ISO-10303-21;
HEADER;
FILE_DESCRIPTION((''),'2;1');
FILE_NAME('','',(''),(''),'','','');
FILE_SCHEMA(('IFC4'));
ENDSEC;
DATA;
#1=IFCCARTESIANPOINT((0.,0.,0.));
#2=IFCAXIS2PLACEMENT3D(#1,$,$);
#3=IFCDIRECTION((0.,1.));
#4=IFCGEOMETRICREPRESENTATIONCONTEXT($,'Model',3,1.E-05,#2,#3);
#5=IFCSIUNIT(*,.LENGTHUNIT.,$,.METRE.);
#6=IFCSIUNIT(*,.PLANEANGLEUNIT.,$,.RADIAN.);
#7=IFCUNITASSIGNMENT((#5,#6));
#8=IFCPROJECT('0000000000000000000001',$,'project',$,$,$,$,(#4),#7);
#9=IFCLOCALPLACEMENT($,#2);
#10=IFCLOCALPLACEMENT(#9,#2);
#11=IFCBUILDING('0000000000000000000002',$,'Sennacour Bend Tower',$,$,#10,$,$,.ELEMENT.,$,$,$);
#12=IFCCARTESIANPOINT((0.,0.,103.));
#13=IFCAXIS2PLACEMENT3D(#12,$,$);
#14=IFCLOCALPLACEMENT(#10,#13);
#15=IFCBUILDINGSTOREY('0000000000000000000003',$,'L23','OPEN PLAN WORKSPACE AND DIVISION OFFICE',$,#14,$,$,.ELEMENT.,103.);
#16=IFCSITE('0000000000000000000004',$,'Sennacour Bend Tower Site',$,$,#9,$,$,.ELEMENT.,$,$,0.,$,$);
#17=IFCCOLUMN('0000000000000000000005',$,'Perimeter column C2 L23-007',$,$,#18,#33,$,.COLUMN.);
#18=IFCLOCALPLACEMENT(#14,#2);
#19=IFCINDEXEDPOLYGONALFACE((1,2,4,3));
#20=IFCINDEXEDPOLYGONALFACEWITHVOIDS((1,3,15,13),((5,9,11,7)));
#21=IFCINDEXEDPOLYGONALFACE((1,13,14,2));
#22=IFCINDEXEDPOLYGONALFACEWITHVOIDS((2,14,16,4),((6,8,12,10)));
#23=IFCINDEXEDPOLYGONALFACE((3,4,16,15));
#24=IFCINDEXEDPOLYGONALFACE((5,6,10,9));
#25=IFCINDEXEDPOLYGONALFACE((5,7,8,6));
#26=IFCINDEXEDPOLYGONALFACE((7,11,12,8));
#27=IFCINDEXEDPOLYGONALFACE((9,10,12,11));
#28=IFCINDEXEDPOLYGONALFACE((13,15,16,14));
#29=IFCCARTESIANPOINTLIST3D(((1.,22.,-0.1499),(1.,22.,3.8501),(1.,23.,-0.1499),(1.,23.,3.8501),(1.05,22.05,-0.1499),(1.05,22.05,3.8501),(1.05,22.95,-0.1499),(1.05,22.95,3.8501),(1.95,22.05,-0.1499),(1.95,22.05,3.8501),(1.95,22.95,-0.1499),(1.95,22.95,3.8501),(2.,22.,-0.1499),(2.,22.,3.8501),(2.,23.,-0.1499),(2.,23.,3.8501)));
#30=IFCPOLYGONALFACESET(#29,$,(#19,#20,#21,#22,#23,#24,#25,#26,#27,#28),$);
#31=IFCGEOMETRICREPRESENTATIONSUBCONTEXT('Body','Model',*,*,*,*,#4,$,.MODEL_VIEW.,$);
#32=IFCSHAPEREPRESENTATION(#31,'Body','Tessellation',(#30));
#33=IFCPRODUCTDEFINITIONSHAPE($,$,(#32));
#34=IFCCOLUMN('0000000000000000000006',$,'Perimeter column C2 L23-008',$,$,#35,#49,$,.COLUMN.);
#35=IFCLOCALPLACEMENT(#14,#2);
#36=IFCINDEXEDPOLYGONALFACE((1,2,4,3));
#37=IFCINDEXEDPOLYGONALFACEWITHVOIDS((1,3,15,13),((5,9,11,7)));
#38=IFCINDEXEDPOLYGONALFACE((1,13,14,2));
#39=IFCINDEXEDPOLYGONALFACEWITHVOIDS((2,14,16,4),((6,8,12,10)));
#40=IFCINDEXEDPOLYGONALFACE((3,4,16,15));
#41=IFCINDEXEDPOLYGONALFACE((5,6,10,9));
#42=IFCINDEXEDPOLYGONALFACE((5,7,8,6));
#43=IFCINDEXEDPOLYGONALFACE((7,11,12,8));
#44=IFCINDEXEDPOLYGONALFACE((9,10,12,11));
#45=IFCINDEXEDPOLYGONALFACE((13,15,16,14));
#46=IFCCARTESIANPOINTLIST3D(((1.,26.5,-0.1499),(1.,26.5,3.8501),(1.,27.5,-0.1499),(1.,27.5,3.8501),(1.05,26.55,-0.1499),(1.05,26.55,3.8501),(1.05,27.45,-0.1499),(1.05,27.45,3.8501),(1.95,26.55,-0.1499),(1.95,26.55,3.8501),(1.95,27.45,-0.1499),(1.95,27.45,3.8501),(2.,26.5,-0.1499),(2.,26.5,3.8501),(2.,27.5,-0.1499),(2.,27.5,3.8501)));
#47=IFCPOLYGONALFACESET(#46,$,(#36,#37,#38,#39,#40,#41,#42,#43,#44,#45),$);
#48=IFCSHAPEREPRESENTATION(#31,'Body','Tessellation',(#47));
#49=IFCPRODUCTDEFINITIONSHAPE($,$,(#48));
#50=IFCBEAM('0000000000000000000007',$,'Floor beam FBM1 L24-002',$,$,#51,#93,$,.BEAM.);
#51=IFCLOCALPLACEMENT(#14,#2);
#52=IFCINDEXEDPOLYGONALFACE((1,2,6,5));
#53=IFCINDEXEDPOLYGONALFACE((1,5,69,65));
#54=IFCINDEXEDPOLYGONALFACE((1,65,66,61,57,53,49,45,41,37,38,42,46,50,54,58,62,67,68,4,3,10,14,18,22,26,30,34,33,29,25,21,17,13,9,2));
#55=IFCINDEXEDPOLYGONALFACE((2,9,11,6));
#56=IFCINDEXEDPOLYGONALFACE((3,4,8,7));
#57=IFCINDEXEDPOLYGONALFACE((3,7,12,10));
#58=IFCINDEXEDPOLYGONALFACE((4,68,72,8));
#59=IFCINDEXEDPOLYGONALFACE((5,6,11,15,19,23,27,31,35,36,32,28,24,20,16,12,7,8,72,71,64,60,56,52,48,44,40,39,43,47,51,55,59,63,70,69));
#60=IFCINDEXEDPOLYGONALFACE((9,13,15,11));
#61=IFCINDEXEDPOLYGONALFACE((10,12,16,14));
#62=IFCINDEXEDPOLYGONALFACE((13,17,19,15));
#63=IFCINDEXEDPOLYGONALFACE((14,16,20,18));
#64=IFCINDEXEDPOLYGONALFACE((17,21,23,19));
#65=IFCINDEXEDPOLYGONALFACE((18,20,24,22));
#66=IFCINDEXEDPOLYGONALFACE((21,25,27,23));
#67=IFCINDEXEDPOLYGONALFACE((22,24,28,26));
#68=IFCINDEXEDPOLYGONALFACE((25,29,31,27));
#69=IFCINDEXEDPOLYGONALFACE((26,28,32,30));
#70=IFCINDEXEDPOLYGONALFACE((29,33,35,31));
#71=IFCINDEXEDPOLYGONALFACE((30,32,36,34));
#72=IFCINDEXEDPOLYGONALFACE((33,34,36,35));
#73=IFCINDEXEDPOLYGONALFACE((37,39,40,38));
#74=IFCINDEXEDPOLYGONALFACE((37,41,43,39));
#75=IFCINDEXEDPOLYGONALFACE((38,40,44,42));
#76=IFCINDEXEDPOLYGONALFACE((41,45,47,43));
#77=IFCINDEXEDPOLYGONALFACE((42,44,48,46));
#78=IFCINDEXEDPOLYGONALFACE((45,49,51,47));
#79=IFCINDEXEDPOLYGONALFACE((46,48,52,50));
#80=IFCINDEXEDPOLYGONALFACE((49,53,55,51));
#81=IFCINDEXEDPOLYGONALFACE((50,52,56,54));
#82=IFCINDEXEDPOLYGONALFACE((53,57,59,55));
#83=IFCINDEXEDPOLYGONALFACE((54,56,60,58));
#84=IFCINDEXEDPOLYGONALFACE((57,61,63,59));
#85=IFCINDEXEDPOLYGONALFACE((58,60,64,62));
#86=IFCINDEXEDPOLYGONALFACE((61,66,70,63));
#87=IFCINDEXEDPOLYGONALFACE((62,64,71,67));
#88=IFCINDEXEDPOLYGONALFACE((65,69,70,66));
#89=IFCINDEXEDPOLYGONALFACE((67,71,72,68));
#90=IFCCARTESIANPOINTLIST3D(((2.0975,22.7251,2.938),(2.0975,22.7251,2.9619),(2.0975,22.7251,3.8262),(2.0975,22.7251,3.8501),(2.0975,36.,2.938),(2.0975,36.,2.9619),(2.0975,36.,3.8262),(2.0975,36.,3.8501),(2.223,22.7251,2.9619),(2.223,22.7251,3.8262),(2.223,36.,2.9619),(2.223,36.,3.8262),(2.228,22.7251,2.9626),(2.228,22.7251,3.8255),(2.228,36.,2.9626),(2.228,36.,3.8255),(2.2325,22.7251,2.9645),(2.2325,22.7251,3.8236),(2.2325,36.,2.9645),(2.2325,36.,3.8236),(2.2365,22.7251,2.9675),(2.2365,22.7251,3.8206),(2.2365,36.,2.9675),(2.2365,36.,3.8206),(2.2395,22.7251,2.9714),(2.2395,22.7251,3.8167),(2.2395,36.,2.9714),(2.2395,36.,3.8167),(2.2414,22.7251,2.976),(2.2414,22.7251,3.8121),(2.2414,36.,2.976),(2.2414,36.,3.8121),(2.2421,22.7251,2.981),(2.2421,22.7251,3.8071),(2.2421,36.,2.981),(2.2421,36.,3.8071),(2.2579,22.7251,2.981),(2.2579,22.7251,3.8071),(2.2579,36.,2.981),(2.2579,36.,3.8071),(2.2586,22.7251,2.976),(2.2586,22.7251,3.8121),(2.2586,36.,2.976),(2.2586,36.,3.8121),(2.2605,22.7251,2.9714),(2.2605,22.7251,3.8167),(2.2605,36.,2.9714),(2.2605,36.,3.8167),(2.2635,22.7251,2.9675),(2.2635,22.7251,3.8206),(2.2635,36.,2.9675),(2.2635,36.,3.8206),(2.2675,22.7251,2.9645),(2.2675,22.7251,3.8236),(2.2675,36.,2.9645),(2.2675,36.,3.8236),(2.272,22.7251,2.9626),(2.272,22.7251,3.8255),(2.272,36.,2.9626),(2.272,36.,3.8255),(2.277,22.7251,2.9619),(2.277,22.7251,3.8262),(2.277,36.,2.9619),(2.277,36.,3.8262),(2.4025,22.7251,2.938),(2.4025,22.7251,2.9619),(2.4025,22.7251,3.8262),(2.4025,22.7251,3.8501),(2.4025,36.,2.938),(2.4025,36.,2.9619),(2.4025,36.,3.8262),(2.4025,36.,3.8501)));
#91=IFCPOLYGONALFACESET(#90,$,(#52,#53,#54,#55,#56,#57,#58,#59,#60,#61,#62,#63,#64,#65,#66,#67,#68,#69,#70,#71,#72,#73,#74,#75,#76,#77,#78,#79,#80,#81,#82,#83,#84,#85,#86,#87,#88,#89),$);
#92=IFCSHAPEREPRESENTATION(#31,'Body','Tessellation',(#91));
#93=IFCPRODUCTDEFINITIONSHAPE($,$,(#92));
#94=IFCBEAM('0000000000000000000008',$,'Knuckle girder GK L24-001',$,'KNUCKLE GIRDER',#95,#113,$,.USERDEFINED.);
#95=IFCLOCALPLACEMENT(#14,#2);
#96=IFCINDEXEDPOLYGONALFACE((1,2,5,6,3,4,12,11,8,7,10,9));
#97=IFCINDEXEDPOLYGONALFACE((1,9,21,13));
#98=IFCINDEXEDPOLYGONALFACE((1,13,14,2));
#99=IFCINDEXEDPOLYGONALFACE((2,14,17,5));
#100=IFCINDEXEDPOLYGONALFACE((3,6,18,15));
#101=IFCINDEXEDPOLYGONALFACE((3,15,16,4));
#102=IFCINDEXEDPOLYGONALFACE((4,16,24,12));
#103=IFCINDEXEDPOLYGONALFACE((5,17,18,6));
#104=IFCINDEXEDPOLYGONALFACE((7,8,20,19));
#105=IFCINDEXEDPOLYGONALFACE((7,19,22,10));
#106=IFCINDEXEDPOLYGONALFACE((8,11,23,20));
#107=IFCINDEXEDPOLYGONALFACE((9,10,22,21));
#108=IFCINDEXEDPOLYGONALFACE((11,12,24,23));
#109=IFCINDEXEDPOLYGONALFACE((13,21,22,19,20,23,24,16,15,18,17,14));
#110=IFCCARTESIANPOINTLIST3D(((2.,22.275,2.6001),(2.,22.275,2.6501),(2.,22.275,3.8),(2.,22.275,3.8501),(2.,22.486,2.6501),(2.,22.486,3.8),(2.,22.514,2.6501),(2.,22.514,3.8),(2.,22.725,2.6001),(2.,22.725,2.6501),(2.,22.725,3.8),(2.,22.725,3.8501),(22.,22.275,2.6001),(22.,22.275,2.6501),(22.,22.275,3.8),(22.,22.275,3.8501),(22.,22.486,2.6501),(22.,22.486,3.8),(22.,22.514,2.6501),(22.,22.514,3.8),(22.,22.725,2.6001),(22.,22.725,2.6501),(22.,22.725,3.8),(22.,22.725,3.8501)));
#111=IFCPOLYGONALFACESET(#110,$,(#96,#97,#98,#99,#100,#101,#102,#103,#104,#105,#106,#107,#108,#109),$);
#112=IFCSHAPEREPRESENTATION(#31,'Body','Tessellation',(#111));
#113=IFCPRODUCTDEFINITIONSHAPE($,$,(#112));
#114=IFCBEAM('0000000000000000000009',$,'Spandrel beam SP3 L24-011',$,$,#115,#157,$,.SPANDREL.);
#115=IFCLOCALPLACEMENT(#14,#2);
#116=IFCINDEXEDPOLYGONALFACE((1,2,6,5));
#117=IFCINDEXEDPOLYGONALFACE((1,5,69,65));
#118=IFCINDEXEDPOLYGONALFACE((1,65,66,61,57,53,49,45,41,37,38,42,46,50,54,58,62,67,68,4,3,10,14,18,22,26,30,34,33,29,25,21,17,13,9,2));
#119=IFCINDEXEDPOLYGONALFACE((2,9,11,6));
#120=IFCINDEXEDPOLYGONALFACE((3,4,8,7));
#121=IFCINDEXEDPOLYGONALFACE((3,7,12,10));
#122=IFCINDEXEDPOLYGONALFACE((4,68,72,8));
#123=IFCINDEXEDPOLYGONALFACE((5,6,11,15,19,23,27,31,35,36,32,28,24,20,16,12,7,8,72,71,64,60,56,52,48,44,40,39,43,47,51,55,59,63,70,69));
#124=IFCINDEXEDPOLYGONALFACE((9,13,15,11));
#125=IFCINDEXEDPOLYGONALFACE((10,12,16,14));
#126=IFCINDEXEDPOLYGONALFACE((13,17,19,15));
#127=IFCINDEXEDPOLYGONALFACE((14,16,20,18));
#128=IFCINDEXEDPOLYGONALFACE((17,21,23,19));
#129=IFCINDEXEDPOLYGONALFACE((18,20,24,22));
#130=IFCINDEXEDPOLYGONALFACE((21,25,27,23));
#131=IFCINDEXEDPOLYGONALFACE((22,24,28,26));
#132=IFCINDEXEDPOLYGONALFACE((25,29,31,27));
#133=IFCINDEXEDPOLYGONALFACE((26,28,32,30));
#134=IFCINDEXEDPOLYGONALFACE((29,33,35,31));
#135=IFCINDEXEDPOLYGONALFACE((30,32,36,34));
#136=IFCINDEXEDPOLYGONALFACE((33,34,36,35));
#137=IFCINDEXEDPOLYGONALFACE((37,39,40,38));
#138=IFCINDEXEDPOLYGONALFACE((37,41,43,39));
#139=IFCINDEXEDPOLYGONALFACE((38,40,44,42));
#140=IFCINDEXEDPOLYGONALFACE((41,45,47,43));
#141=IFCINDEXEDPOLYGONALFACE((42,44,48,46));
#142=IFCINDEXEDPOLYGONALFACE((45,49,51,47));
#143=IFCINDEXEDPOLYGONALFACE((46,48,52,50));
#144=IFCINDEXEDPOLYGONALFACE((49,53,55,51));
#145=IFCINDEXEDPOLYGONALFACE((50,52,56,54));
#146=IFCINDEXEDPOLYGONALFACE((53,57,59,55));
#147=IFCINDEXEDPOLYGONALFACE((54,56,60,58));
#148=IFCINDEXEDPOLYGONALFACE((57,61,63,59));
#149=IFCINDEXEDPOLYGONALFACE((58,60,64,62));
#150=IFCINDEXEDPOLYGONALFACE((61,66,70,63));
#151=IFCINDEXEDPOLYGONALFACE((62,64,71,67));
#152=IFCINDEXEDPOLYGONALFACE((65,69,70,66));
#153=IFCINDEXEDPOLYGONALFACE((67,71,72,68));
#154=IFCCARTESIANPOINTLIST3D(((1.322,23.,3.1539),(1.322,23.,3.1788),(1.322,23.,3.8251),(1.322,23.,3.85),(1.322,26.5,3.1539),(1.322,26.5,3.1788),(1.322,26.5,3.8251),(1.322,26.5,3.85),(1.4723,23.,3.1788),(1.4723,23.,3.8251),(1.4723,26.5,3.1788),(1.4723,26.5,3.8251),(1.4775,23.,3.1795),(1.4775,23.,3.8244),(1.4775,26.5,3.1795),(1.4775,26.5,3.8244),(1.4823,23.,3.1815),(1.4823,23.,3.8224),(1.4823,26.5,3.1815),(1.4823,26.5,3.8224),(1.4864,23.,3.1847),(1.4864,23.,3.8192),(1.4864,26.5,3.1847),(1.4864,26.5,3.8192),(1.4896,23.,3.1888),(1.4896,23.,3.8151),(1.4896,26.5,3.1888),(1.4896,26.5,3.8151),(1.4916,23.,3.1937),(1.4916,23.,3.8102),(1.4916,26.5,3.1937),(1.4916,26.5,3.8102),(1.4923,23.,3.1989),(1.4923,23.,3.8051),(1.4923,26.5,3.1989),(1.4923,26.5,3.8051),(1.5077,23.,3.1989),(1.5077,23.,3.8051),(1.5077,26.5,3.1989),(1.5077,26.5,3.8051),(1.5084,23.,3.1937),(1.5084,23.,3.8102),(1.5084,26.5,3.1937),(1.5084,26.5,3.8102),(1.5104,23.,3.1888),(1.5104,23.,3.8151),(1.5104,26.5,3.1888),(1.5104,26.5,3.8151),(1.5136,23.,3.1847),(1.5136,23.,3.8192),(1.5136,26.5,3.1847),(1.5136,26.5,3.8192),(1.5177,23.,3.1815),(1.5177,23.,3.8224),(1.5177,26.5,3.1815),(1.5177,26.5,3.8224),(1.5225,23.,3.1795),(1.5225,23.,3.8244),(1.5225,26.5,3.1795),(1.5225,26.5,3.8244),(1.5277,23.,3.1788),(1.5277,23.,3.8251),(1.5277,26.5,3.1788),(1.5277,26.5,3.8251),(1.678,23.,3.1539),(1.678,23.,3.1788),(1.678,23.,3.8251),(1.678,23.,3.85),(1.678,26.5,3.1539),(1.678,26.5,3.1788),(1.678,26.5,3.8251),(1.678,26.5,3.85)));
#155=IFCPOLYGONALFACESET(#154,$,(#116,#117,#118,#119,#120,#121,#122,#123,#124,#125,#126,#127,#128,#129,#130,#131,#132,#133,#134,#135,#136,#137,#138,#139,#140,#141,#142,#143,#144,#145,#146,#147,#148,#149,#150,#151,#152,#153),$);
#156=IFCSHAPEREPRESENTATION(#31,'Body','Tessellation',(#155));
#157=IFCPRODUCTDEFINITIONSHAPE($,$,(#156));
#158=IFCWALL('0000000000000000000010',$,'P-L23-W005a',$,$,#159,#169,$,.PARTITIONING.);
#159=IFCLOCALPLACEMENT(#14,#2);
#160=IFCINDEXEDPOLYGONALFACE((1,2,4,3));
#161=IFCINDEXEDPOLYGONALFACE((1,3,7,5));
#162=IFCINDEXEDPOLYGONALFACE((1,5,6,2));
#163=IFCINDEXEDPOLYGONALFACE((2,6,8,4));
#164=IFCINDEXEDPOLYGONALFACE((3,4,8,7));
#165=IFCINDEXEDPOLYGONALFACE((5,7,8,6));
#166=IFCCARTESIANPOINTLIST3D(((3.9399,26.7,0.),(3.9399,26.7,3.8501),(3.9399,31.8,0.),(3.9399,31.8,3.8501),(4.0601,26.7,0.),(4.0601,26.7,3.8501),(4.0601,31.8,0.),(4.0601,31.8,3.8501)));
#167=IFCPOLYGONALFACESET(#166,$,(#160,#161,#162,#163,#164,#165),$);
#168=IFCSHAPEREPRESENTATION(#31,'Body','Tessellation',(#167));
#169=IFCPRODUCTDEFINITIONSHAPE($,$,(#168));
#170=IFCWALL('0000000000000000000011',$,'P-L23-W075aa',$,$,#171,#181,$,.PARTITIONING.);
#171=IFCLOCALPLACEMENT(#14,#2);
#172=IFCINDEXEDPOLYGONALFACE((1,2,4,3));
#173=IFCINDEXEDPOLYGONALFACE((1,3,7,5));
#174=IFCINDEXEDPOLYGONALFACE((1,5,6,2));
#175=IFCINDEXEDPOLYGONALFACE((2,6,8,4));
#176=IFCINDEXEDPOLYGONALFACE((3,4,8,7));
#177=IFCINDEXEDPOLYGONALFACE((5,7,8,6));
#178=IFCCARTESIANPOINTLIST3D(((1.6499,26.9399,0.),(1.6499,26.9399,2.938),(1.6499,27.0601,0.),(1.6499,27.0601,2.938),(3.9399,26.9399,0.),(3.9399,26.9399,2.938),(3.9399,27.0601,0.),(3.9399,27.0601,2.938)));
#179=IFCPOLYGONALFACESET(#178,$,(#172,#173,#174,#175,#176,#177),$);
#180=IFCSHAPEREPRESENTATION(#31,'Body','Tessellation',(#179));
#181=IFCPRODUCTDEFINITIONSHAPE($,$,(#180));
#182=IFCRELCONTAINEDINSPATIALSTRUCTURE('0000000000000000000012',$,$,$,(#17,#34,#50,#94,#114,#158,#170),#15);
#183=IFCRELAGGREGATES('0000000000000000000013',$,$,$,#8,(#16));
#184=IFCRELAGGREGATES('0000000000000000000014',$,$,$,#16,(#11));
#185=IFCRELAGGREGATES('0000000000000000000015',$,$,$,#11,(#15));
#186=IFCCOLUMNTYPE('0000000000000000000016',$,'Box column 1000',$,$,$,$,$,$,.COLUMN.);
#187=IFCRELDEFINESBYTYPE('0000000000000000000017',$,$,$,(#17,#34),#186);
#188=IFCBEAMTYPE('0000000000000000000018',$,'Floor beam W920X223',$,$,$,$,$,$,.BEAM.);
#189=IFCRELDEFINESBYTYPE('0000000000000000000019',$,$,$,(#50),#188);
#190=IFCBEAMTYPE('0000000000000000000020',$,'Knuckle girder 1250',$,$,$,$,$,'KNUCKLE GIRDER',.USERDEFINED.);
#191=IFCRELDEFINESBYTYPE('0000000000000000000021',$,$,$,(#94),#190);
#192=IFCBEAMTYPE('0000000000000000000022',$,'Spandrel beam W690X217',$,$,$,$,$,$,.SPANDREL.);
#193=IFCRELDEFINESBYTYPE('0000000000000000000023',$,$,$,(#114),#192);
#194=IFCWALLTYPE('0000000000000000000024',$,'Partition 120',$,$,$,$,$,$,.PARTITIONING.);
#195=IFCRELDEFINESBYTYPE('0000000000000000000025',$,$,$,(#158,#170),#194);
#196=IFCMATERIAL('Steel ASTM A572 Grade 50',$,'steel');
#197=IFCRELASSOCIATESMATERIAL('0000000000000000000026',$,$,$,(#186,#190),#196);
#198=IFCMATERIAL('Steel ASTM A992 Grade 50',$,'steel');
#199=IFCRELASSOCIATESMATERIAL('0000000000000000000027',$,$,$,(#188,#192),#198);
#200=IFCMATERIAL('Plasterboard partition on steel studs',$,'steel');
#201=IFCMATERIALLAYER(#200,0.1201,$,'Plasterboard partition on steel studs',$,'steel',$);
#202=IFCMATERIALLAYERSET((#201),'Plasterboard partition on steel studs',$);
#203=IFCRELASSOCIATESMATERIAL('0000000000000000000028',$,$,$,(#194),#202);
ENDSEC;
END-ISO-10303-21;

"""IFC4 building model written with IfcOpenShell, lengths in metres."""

from ifc_helpers import new_model, si_unit, direction, frame, frame_2d, origin, origin_2d, place, context, subcontext, project, spatial, rectangle, hollow_rectangle, i_section, extrude, material, layer, layer_set, material_profile, profile_set, type_object, element, save


model = new_model("IFC4")

# Units and contexts
model_context = context("Model", 3, precision=1e-05, world=origin(), true_north=direction((0.0, 1.0)))
body_context = subcontext(model_context, "Body", "Model", "MODEL_VIEW")
ifc_project = project(units=[si_unit("LENGTHUNIT", "METRE"), si_unit("PLANEANGLEUNIT", "RADIAN")], contexts=[model_context])

# Site, building, storey
site_placement = place(None, origin())
site = spatial("IfcSite", under=ifc_project, at=site_placement, Name="Sennacour Bend Tower Site", CompositionType="ELEMENT", RefElevation=0.0)
building_placement = place(site_placement, origin())
building = spatial("IfcBuilding", under=site, at=building_placement, Name="Sennacour Bend Tower", CompositionType="ELEMENT")
storey_placement = place(building_placement, frame((0.0, 0.0, 103.0)))
storey = spatial("IfcBuildingStorey", under=building, at=storey_placement, Name="L23", Description="OPEN PLAN WORKSPACE AND DIVISION OFFICE", CompositionType="ELEMENT", Elevation=103.0)

# Columns
ifc_material_1 = material(Name="Steel ASTM A572 Grade 50", Category="steel")
ifc_material_profile_1 = material_profile(ifc_material_1, hollow_rectangle(XDim=1.0, YDim=1.0, WallThickness=0.05, at=origin_2d()), Name="Steel ASTM A572 Grade 50", Category="steel")
ifc_profile_set_1 = profile_set([ifc_material_profile_1], Name="Steel ASTM A572 Grade 50")
column_type = type_object("IfcColumnType", Name="Box column 1000", PredefinedType="COLUMN", material=ifc_profile_set_1)
for number, where, z_axis, x_axis, name in (
    (1, (1.5, 22.5, -0.1499), (0.0, 0.0, 1.0), (1.0, 0.0, 0.0), "Perimeter column C2 L23-007"),
    (2, (1.5, 27.0, -0.1499), (0.0, 0.0, 1.0), (1.0, 0.0, 0.0), "Perimeter column C2 L23-008"),
):
    element("IfcColumn", number, at=place(storey_placement, frame(where, z_axis=z_axis, x_axis=x_axis)), inside=storey, type_object=column_type, Name=name, PredefinedType="COLUMN", context=body_context, shape_type="SweptSolid", body=[
        extrude(hollow_rectangle(XDim=1.0, YDim=1.0, WallThickness=0.05, at=origin_2d()), origin(), (0.0, 0.0, 1.0), 4.0),
    ])

# Beams
ifc_material_2 = material(Name="Steel ASTM A992 Grade 50", Category="steel")
ifc_material_profile_2 = material_profile(ifc_material_2, i_section(OverallWidth=0.3049, OverallDepth=0.9121, WebThickness=0.0159, FlangeThickness=0.0239, FilletRadius=0.019, at=origin_2d()), Name="Steel ASTM A992 Grade 50", Category="steel")
ifc_profile_set_2 = profile_set([ifc_material_profile_2], Name="Steel ASTM A992 Grade 50")
beam_type_1 = type_object("IfcBeamType", Name="Floor beam W920X223", PredefinedType="BEAM", material=ifc_profile_set_2)
beam_1_placement = place(storey_placement, frame((2.25, 22.7251, 3.394), z_axis=(0.0, 1.0, 0.0), x_axis=(-1.0, 0.0, 0.0)))
element("IfcBeam", 3, at=beam_1_placement, inside=storey, type_object=beam_type_1, Name="Floor beam FBM1 L24-002", PredefinedType="BEAM", context=body_context, shape_type="SweptSolid", body=[
    extrude(i_section(OverallWidth=0.3049, OverallDepth=0.9121, WebThickness=0.0159, FlangeThickness=0.0239, FilletRadius=0.019, at=origin_2d()), origin(), (0.0, 0.0, 1.0), 13.2749),
])
ifc_material_profile_3 = material_profile(ifc_material_1, i_section(OverallWidth=0.45, OverallDepth=1.25, WebThickness=0.0281, FlangeThickness=0.05, at=origin_2d()), Name="Steel ASTM A572 Grade 50", Category="steel")
ifc_profile_set_3 = profile_set([ifc_material_profile_3], Name="Steel ASTM A572 Grade 50")
beam_type_2 = type_object("IfcBeamType", Name="Knuckle girder 1250", ElementType="KNUCKLE GIRDER", PredefinedType="USERDEFINED", material=ifc_profile_set_3)
beam_2_placement = place(storey_placement, frame((2.0, 22.5, 3.2251), z_axis=(1.0, 0.0, 0.0), x_axis=(0.0, 1.0, 0.0)))
element("IfcBeam", 4, at=beam_2_placement, inside=storey, type_object=beam_type_2, Name="Knuckle girder GK L24-001", ObjectType="KNUCKLE GIRDER", PredefinedType="USERDEFINED", context=body_context, shape_type="SweptSolid", body=[
    extrude(i_section(OverallWidth=0.45, OverallDepth=1.25, WebThickness=0.0281, FlangeThickness=0.05, at=origin_2d()), origin(), (0.0, 0.0, 1.0), 20.0),
])
ifc_material_profile_4 = material_profile(ifc_material_2, i_section(OverallWidth=0.356, OverallDepth=0.696, WebThickness=0.0154, FlangeThickness=0.0249, FilletRadius=0.02, at=origin_2d()), Name="Steel ASTM A992 Grade 50", Category="steel")
ifc_profile_set_4 = profile_set([ifc_material_profile_4], Name="Steel ASTM A992 Grade 50")
beam_type_3 = type_object("IfcBeamType", Name="Spandrel beam W690X217", PredefinedType="SPANDREL", material=ifc_profile_set_4)
beam_3_placement = place(storey_placement, frame((1.5, 23.0, 3.502), z_axis=(0.0, 1.0, 0.0), x_axis=(-1.0, 0.0, 0.0)))
element("IfcBeam", 5, at=beam_3_placement, inside=storey, type_object=beam_type_3, Name="Spandrel beam SP3 L24-011", PredefinedType="SPANDREL", context=body_context, shape_type="SweptSolid", body=[
    extrude(i_section(OverallWidth=0.356, OverallDepth=0.696, WebThickness=0.0154, FlangeThickness=0.0249, FilletRadius=0.02, at=origin_2d()), origin(), (0.0, 0.0, 1.0), 3.5),
])

# Walls
ifc_material_3 = material(Name="Plasterboard partition on steel studs", Category="steel")
ifc_layer_1 = layer(ifc_material_3, 0.1201, Name="Plasterboard partition on steel studs", Category="steel")
ifc_layer_set_1 = layer_set([ifc_layer_1], Name="Plasterboard partition on steel studs")
wall_type_1 = type_object("IfcWallType", Name="Partition 120", PredefinedType="PARTITIONING", material=ifc_layer_set_1)
wall_1_placement = place(storey_placement, frame((4.0, 26.7, 0.0), z_axis=(0.0, 0.0, 1.0), x_axis=(0.0, 1.0, 0.0)))
element("IfcWall", 6, at=wall_1_placement, inside=storey, type_object=wall_type_1, Name="P-L23-W005a", PredefinedType="PARTITIONING", context=body_context, shape_type="SweptSolid", body=[
    extrude(rectangle(XDim=5.1001, YDim=0.1201, at=frame_2d((2.55, 0.0))), origin(), (0.0, 0.0, 1.0), 3.8501),
])
wall_2_placement = place(storey_placement, frame((1.6499, 27.0, 0.0), z_axis=(0.0, 0.0, 1.0), x_axis=(1.0, 0.0, 0.0)))
element("IfcWall", 7, at=wall_2_placement, inside=storey, type_object=wall_type_1, Name="P-L23-W075aa", PredefinedType="PARTITIONING", context=body_context, shape_type="SweptSolid", body=[
    extrude(rectangle(XDim=2.29, YDim=0.1201, at=frame_2d((1.145, 0.0))), origin(), (0.0, 0.0, 1.0), 2.938),
])

save(model, "model.ifc")
